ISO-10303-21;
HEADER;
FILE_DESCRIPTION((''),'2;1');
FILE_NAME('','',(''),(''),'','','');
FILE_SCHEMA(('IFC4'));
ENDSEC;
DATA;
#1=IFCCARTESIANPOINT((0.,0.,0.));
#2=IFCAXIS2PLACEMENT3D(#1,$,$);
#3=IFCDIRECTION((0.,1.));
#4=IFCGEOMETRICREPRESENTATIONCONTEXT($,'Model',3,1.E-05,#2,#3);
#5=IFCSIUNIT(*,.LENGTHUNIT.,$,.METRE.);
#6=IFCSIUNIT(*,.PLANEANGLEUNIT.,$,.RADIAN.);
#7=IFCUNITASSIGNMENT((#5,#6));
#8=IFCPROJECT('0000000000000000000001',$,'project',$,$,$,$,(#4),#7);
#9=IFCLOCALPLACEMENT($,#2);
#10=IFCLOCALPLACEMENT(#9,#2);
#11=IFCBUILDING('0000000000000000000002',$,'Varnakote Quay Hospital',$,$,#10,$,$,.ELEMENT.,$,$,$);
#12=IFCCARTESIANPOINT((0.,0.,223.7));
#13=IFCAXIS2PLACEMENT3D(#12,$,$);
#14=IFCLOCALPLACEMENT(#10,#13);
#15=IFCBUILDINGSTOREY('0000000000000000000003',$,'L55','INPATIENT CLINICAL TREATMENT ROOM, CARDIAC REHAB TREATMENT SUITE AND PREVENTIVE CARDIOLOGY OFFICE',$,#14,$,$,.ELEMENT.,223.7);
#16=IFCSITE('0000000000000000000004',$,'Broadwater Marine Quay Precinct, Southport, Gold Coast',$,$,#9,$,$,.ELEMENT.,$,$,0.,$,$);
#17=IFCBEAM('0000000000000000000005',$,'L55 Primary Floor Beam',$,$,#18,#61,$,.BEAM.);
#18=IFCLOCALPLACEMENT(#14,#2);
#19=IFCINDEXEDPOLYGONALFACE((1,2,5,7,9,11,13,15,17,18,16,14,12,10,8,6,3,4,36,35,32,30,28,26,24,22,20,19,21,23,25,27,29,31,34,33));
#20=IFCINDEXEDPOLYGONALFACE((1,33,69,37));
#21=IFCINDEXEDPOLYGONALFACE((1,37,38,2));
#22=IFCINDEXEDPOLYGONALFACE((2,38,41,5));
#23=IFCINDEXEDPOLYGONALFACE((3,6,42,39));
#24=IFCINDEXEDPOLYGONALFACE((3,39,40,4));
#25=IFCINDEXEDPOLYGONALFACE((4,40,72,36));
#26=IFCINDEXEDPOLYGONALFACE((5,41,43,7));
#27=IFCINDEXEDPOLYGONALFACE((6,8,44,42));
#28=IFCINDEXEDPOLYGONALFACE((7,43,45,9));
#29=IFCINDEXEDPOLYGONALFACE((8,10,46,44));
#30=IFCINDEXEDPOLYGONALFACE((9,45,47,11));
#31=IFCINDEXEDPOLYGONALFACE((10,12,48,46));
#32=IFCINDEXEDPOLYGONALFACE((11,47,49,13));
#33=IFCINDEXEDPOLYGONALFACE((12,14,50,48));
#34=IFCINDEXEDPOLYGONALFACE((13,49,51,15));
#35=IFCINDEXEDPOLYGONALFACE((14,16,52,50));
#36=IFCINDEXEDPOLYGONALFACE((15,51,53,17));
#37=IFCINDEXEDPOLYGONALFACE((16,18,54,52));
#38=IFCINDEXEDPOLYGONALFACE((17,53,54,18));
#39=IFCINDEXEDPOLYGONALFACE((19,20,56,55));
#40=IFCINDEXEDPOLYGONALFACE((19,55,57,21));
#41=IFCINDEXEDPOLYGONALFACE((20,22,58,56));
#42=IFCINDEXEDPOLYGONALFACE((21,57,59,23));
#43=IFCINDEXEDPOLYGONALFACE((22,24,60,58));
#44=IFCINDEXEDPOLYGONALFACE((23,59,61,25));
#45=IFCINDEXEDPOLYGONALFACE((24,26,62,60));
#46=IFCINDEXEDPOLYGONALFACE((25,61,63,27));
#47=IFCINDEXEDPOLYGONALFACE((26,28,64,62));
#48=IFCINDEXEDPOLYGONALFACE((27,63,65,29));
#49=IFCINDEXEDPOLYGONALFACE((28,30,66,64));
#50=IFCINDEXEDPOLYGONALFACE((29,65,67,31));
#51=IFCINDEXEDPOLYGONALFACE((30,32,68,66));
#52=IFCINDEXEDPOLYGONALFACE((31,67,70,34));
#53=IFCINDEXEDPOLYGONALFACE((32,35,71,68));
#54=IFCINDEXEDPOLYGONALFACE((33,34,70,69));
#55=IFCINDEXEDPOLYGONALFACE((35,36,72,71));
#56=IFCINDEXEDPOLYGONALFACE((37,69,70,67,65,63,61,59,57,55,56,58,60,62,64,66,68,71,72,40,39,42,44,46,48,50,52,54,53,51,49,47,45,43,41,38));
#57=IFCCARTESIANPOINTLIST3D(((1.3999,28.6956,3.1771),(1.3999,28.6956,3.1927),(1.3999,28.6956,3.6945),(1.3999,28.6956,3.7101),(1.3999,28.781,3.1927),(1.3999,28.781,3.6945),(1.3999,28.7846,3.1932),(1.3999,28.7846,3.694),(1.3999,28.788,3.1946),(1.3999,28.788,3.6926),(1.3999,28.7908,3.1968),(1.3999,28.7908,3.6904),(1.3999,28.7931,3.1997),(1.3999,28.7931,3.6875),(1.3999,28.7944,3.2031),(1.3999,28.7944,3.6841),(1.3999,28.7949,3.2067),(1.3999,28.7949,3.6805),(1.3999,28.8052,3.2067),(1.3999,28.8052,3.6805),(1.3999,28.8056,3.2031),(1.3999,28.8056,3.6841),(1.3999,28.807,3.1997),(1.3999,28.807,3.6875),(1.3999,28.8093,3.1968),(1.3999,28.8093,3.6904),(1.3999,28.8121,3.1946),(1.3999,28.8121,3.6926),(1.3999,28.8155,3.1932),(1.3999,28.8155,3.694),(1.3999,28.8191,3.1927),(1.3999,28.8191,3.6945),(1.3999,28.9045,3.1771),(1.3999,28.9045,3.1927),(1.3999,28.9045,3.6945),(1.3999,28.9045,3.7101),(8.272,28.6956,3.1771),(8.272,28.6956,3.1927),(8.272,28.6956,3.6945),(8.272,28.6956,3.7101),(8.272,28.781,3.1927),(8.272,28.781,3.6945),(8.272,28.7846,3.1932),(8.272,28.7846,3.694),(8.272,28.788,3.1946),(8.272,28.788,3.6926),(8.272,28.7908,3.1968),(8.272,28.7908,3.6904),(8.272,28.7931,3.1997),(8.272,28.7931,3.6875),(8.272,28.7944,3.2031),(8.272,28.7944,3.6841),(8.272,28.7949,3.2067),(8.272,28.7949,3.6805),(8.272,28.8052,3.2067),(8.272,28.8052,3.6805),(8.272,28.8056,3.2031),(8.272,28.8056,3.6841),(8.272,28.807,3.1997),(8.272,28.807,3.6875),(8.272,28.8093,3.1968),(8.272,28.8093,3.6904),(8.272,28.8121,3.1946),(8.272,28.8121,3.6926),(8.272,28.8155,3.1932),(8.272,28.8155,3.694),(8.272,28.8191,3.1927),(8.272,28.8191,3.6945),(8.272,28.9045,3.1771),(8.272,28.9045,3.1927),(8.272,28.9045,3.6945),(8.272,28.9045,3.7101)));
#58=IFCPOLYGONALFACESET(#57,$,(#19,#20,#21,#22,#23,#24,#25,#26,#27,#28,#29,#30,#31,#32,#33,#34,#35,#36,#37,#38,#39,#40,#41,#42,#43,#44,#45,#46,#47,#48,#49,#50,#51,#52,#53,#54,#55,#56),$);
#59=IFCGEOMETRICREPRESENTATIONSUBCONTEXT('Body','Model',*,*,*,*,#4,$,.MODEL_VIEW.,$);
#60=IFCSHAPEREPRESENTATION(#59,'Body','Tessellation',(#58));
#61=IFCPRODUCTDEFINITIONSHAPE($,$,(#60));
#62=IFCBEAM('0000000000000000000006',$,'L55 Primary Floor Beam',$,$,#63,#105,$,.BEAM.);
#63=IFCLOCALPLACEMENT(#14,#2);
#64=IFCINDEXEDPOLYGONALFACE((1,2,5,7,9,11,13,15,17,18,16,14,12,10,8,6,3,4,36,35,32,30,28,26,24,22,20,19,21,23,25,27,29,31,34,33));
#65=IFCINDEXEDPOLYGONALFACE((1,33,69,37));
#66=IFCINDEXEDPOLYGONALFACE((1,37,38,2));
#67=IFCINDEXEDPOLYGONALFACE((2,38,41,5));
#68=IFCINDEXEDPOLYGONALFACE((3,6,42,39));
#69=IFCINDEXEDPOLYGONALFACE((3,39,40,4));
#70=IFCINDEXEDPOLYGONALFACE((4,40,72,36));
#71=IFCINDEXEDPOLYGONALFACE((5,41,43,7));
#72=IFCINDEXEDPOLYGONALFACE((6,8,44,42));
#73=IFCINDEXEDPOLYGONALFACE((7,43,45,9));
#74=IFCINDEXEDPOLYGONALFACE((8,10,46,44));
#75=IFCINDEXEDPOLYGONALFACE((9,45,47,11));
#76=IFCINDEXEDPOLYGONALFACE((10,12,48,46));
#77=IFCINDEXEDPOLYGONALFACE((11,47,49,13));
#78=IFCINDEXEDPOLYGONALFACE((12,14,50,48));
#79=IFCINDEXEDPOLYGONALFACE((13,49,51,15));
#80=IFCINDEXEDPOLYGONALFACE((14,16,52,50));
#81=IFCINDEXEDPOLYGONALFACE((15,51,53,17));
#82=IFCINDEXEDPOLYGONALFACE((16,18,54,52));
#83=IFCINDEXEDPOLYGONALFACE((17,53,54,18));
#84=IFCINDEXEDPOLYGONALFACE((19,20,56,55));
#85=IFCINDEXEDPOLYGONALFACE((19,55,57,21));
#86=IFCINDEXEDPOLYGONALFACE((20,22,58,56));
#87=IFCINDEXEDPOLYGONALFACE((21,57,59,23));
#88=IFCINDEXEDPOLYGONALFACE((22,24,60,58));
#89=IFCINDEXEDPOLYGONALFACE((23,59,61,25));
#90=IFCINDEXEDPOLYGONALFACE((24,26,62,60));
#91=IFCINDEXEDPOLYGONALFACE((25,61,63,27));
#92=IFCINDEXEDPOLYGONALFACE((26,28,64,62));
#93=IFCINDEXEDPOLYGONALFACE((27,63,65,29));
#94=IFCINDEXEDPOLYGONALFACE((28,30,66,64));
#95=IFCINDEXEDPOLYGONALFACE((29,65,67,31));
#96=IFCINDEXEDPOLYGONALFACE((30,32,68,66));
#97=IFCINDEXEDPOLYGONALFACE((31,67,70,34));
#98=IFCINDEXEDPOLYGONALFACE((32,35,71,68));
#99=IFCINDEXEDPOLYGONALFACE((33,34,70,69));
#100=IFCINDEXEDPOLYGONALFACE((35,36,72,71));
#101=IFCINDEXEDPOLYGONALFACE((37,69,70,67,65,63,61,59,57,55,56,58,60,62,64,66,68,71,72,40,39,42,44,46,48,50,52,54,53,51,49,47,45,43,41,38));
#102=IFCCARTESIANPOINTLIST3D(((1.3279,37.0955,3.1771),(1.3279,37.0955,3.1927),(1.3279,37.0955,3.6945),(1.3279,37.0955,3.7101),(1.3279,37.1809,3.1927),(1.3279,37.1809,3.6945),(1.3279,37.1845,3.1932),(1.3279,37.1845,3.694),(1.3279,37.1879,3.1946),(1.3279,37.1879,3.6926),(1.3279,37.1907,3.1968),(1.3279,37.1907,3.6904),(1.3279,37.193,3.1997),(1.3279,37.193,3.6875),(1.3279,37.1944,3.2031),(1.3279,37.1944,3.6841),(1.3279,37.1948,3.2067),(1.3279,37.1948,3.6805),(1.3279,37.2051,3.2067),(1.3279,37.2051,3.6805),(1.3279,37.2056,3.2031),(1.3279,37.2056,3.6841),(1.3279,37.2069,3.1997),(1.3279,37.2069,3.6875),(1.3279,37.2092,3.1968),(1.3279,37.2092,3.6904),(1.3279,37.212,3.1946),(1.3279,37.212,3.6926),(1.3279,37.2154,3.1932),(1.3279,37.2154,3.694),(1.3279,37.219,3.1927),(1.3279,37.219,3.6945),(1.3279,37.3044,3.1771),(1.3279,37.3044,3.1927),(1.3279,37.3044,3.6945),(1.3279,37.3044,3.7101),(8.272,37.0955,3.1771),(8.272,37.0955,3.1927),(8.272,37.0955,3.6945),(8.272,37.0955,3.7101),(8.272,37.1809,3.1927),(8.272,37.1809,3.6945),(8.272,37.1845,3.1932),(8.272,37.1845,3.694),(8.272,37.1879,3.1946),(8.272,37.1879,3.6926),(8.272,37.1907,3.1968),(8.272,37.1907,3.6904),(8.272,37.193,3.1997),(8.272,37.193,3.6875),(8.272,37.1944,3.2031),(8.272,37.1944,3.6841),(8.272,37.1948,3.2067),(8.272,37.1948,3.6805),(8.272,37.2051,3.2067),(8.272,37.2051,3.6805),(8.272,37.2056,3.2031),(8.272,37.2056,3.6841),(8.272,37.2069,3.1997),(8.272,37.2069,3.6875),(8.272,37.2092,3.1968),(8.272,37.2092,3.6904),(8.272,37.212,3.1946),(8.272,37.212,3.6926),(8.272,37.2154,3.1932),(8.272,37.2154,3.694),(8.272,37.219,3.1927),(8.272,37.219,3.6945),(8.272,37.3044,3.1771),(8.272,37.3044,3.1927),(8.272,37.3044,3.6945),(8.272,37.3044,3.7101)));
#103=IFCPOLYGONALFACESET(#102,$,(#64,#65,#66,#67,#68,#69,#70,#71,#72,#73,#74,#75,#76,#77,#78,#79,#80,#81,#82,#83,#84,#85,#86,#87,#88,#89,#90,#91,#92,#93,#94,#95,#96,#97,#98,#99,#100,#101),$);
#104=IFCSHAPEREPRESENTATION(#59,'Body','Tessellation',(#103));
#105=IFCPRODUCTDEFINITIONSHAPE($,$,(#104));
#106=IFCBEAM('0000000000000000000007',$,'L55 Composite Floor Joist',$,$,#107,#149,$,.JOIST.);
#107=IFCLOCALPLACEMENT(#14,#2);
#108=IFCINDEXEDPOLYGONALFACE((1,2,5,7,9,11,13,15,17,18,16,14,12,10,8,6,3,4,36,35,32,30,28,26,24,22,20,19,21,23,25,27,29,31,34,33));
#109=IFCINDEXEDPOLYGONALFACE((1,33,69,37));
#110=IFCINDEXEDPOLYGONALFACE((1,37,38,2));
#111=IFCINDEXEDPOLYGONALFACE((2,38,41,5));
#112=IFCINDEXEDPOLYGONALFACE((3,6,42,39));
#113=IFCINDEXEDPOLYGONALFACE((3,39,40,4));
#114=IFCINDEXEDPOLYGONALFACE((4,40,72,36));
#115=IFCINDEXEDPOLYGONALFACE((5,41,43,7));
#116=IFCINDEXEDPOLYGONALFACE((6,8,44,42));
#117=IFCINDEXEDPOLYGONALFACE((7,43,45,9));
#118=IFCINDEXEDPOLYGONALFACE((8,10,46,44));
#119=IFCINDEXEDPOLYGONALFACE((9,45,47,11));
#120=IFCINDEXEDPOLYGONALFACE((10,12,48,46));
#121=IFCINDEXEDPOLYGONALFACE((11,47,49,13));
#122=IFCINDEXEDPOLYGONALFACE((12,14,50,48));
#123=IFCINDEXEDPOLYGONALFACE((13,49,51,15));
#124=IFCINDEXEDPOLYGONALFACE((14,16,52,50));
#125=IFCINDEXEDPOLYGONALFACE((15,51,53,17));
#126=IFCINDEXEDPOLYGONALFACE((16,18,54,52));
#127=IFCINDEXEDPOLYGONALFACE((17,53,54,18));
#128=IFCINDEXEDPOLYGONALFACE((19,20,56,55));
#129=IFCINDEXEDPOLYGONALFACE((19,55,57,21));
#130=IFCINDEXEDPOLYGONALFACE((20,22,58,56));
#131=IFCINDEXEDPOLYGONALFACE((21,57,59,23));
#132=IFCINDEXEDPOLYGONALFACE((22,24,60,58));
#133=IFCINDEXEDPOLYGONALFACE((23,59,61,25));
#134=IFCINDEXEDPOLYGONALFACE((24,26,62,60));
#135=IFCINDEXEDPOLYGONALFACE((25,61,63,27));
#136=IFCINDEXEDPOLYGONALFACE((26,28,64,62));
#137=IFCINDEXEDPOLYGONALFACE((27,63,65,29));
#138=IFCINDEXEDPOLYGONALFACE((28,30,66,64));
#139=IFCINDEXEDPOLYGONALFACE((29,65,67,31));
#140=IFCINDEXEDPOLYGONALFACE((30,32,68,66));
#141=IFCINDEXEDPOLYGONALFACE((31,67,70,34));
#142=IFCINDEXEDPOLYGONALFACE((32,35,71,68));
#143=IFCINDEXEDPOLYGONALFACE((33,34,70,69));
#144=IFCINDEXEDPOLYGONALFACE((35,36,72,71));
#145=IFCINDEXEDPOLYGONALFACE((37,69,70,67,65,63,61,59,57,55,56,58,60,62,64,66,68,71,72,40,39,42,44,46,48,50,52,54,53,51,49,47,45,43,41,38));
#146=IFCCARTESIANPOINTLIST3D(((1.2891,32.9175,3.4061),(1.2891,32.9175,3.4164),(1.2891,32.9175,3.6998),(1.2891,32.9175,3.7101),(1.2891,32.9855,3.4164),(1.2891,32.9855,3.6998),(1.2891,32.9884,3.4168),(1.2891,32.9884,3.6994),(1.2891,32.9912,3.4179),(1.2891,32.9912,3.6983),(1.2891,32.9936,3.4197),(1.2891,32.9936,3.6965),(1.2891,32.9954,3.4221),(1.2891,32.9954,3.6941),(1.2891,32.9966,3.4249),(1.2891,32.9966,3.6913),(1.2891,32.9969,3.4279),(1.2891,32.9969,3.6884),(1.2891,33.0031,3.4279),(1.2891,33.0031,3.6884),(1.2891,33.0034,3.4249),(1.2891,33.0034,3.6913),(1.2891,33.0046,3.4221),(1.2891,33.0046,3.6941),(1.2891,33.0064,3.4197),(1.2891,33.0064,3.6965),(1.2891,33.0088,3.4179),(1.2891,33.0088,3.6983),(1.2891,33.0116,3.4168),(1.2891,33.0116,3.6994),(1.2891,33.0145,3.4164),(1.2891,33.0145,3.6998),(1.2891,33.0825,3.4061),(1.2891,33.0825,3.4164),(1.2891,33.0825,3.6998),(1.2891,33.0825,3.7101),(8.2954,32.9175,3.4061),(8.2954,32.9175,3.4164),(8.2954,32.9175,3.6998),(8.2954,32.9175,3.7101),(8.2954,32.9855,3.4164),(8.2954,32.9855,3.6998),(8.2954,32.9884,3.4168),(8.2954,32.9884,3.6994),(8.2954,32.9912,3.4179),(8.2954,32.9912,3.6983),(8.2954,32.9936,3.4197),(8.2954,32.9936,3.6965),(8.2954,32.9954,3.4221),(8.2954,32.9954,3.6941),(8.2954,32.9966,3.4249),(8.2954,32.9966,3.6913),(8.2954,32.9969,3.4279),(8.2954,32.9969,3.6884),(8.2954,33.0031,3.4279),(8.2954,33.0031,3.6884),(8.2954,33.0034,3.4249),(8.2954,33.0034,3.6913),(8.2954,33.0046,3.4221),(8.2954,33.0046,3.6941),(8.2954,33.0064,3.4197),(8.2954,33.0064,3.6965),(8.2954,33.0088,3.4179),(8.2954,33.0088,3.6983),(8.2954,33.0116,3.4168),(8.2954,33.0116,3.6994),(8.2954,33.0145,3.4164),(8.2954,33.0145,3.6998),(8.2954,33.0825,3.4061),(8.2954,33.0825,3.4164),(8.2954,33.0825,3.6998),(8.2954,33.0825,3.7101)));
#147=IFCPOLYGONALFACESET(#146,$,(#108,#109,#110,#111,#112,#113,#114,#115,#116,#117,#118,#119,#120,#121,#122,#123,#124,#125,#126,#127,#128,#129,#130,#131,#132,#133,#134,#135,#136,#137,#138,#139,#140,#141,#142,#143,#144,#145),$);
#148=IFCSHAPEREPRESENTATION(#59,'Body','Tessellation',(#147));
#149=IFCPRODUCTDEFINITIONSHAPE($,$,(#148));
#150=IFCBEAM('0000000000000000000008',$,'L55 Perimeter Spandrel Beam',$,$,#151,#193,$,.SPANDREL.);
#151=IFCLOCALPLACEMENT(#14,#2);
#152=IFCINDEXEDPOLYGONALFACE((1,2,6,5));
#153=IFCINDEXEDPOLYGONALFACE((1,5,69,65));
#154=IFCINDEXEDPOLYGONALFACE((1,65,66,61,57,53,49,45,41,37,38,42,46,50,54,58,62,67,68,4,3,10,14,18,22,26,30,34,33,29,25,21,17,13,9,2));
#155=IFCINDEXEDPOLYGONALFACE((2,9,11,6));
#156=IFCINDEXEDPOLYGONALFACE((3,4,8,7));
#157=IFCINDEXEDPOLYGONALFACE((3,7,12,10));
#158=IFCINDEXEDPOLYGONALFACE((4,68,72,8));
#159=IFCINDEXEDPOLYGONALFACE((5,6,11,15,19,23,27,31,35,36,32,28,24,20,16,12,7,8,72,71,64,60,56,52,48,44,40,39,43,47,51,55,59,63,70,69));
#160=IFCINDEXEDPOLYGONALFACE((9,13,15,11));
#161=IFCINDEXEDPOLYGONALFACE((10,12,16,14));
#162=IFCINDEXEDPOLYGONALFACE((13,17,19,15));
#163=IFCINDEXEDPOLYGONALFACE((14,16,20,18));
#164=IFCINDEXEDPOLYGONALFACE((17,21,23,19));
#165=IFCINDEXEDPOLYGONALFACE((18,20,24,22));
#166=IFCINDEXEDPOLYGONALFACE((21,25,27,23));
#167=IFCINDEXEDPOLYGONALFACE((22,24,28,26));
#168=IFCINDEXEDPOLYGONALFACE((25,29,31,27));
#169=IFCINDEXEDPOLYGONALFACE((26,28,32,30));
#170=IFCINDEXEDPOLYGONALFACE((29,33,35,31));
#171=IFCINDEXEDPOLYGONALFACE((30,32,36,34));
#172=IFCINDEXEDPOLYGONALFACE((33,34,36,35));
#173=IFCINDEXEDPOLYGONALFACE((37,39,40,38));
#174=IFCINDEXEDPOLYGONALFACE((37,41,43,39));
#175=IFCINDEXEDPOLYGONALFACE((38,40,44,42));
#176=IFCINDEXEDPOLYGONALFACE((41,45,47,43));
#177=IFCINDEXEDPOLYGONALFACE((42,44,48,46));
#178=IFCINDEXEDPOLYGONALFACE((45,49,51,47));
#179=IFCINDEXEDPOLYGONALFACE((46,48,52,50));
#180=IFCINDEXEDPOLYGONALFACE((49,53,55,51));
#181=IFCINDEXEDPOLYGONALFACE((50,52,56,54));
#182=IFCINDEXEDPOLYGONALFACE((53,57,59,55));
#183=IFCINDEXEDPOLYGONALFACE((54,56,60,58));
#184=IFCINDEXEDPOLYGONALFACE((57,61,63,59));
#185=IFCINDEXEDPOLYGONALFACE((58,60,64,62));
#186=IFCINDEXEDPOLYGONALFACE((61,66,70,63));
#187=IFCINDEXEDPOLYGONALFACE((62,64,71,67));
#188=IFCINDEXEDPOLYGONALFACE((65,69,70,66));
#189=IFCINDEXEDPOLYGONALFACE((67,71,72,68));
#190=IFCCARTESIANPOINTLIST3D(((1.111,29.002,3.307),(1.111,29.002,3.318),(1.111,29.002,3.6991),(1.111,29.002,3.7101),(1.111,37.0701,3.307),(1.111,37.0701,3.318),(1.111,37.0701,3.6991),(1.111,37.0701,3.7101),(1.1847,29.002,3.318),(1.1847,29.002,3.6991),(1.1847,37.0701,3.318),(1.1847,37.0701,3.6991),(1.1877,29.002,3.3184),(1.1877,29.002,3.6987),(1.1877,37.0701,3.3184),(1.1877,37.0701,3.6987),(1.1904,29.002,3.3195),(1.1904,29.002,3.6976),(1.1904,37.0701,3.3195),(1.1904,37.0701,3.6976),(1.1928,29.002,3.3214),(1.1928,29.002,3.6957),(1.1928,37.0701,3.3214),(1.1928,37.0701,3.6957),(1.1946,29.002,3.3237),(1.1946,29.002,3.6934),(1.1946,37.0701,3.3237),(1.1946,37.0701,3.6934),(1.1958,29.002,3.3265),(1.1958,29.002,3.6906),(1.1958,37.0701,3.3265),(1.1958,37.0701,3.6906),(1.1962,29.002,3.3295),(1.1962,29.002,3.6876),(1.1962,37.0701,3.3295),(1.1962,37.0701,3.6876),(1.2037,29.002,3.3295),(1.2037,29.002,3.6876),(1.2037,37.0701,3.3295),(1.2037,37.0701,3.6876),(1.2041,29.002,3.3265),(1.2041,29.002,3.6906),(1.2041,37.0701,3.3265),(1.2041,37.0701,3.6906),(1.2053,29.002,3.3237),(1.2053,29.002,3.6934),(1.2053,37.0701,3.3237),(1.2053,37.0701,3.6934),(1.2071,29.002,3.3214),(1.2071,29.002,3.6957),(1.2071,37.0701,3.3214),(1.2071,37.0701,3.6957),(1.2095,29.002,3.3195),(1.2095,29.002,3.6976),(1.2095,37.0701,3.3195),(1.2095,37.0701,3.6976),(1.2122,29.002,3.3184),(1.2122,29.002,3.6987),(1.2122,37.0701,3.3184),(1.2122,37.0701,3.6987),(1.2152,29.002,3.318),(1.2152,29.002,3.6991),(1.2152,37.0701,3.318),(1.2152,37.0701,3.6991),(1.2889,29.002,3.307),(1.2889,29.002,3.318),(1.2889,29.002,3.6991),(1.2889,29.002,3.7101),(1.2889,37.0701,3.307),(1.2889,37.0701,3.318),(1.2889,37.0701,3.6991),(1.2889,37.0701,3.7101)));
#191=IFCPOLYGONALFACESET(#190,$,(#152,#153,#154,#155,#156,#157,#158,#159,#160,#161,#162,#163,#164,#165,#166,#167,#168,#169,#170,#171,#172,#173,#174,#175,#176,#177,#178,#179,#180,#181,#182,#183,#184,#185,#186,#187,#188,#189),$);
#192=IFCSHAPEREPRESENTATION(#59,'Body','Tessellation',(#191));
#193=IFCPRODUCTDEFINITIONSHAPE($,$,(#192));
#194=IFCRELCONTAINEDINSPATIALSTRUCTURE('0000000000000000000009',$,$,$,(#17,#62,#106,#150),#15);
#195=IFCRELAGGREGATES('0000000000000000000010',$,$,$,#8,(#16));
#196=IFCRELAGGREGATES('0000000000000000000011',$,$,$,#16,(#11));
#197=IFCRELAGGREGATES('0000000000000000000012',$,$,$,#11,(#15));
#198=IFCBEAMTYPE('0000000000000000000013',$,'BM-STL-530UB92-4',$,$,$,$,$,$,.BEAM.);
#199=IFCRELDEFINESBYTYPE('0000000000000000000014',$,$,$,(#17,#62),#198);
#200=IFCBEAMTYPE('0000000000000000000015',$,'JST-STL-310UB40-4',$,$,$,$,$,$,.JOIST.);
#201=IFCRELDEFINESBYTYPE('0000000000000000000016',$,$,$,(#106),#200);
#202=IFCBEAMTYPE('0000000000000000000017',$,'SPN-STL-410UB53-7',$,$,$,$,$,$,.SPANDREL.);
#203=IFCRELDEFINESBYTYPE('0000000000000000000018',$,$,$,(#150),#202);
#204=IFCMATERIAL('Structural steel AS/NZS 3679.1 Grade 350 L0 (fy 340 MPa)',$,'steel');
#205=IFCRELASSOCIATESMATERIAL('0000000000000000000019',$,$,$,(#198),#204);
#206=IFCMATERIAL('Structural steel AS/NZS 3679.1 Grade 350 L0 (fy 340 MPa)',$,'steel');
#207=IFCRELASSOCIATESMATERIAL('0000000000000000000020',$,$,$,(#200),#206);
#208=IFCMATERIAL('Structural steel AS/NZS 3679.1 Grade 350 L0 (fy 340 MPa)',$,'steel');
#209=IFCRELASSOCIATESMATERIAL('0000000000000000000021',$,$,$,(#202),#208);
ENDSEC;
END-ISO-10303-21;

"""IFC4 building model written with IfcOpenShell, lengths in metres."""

from ifc_helpers import new_model, si_unit, direction, frame, origin, origin_2d, place, context, subcontext, project, spatial, i_section, extrude, material, material_profile, profile_set, type_object, element, save


model = new_model("IFC4")

# Units and contexts
model_context = context("Model", 3, precision=1e-05, world=origin(), true_north=direction((0.0, 1.0)))
body_context = subcontext(model_context, "Body", "Model", "MODEL_VIEW")
ifc_project = project(units=[si_unit("LENGTHUNIT", "METRE"), si_unit("PLANEANGLEUNIT", "RADIAN")], contexts=[model_context])

# Site, building, storey
site_placement = place(None, origin())
site = spatial("IfcSite", under=ifc_project, at=site_placement, Name="Broadwater Marine Quay Precinct, Southport, Gold Coast", CompositionType="ELEMENT", RefElevation=0.0)
building_placement = place(site_placement, origin())
building = spatial("IfcBuilding", under=site, at=building_placement, Name="Varnakote Quay Hospital", CompositionType="ELEMENT")
storey_placement = place(building_placement, frame((0.0, 0.0, 223.7)))
storey = spatial("IfcBuildingStorey", under=building, at=storey_placement, Name="L55", Description="INPATIENT CLINICAL TREATMENT ROOM, CARDIAC REHAB TREATMENT SUITE AND PREVENTIVE CARDIOLOGY OFFICE", CompositionType="ELEMENT", Elevation=223.7)

# Beams
ifc_material_1 = material(Name="Structural steel AS/NZS 3679.1 Grade 350 L0 (fy 340 MPa)", Category="steel")
ifc_material_profile_1 = material_profile(ifc_material_1, i_section(OverallWidth=0.209, OverallDepth=0.533, WebThickness=0.0103, FlangeThickness=0.0156, FilletRadius=0.0139, at=origin_2d()), Name="530UB92.4")
ifc_profile_set_1 = profile_set([ifc_material_profile_1], Name="Structural steel AS/NZS 3679.1 Grade 350 L0 (fy 340 MPa)")
beam_type_1 = type_object("IfcBeamType", Name="BM-STL-530UB92-4", PredefinedType="BEAM", material=ifc_profile_set_1)
beam_1_placement = place(storey_placement, frame((1.3999, 28.8, 3.4436), z_axis=(1.0, 0.0, 0.0), x_axis=(0.0, 1.0, 0.0)))
element("IfcBeam", 1, at=beam_1_placement, inside=storey, type_object=beam_type_1, Name="L55 Primary Floor Beam", PredefinedType="BEAM", context=body_context, shape_type="SweptSolid", body=[
    extrude(i_section(OverallWidth=0.209, OverallDepth=0.533, WebThickness=0.0103, FlangeThickness=0.0156, FilletRadius=0.0139, at=origin_2d()), origin(), (0.0, 0.0, 1.0), 6.8721),
])
beam_2_placement = place(storey_placement, frame((1.3279, 37.2, 3.4436), z_axis=(1.0, 0.0, 0.0), x_axis=(0.0, 1.0, 0.0)))
element("IfcBeam", 2, at=beam_2_placement, inside=storey, type_object=beam_type_1, Name="L55 Primary Floor Beam", PredefinedType="BEAM", context=body_context, shape_type="SweptSolid", body=[
    extrude(i_section(OverallWidth=0.209, OverallDepth=0.533, WebThickness=0.0103, FlangeThickness=0.0156, FilletRadius=0.0139, at=origin_2d()), origin(), (0.0, 0.0, 1.0), 6.9441),
])
ifc_material_2 = material(Name="Structural steel AS/NZS 3679.1 Grade 350 L0 (fy 340 MPa)", Category="steel")
ifc_material_profile_2 = material_profile(ifc_material_2, i_section(OverallWidth=0.165, OverallDepth=0.304, WebThickness=0.0061, FlangeThickness=0.0103, FilletRadius=0.0115, at=origin_2d()), Name="310UB40.4")
ifc_profile_set_2 = profile_set([ifc_material_profile_2], Name="Structural steel AS/NZS 3679.1 Grade 350 L0 (fy 340 MPa)")
beam_type_2 = type_object("IfcBeamType", Name="JST-STL-310UB40-4", PredefinedType="JOIST", material=ifc_profile_set_2)
beam_3_placement = place(storey_placement, frame((1.2891, 33.0, 3.5581), z_axis=(1.0, 0.0, 0.0), x_axis=(0.0, 1.0, 0.0)))
element("IfcBeam", 3, at=beam_3_placement, inside=storey, type_object=beam_type_2, Name="L55 Composite Floor Joist", PredefinedType="JOIST", context=body_context, shape_type="SweptSolid", body=[
    extrude(i_section(OverallWidth=0.165, OverallDepth=0.304, WebThickness=0.0061, FlangeThickness=0.0103, FilletRadius=0.0115, at=origin_2d()), origin(), (0.0, 0.0, 1.0), 7.0063),
])
ifc_material_3 = material(Name="Structural steel AS/NZS 3679.1 Grade 350 L0 (fy 340 MPa)", Category="steel")
ifc_material_profile_3 = material_profile(ifc_material_3, i_section(OverallWidth=0.178, OverallDepth=0.4031, WebThickness=0.0076, FlangeThickness=0.011, FilletRadius=0.0115, at=origin_2d()), Name="410UB53.7")
ifc_profile_set_3 = profile_set([ifc_material_profile_3], Name="Structural steel AS/NZS 3679.1 Grade 350 L0 (fy 340 MPa)")
beam_type_3 = type_object("IfcBeamType", Name="SPN-STL-410UB53-7", PredefinedType="SPANDREL", material=ifc_profile_set_3)
beam_4_placement = place(storey_placement, frame((1.2, 29.002, 3.5085), z_axis=(0.0, 1.0, 0.0), x_axis=(-1.0, 0.0, 0.0)))
element("IfcBeam", 4, at=beam_4_placement, inside=storey, type_object=beam_type_3, Name="L55 Perimeter Spandrel Beam", PredefinedType="SPANDREL", context=body_context, shape_type="SweptSolid", body=[
    extrude(i_section(OverallWidth=0.178, OverallDepth=0.4031, WebThickness=0.0076, FlangeThickness=0.011, FilletRadius=0.0115, at=origin_2d()), origin(), (0.0, 0.0, 1.0), 8.0681),
])

save(model, "model.ifc")
